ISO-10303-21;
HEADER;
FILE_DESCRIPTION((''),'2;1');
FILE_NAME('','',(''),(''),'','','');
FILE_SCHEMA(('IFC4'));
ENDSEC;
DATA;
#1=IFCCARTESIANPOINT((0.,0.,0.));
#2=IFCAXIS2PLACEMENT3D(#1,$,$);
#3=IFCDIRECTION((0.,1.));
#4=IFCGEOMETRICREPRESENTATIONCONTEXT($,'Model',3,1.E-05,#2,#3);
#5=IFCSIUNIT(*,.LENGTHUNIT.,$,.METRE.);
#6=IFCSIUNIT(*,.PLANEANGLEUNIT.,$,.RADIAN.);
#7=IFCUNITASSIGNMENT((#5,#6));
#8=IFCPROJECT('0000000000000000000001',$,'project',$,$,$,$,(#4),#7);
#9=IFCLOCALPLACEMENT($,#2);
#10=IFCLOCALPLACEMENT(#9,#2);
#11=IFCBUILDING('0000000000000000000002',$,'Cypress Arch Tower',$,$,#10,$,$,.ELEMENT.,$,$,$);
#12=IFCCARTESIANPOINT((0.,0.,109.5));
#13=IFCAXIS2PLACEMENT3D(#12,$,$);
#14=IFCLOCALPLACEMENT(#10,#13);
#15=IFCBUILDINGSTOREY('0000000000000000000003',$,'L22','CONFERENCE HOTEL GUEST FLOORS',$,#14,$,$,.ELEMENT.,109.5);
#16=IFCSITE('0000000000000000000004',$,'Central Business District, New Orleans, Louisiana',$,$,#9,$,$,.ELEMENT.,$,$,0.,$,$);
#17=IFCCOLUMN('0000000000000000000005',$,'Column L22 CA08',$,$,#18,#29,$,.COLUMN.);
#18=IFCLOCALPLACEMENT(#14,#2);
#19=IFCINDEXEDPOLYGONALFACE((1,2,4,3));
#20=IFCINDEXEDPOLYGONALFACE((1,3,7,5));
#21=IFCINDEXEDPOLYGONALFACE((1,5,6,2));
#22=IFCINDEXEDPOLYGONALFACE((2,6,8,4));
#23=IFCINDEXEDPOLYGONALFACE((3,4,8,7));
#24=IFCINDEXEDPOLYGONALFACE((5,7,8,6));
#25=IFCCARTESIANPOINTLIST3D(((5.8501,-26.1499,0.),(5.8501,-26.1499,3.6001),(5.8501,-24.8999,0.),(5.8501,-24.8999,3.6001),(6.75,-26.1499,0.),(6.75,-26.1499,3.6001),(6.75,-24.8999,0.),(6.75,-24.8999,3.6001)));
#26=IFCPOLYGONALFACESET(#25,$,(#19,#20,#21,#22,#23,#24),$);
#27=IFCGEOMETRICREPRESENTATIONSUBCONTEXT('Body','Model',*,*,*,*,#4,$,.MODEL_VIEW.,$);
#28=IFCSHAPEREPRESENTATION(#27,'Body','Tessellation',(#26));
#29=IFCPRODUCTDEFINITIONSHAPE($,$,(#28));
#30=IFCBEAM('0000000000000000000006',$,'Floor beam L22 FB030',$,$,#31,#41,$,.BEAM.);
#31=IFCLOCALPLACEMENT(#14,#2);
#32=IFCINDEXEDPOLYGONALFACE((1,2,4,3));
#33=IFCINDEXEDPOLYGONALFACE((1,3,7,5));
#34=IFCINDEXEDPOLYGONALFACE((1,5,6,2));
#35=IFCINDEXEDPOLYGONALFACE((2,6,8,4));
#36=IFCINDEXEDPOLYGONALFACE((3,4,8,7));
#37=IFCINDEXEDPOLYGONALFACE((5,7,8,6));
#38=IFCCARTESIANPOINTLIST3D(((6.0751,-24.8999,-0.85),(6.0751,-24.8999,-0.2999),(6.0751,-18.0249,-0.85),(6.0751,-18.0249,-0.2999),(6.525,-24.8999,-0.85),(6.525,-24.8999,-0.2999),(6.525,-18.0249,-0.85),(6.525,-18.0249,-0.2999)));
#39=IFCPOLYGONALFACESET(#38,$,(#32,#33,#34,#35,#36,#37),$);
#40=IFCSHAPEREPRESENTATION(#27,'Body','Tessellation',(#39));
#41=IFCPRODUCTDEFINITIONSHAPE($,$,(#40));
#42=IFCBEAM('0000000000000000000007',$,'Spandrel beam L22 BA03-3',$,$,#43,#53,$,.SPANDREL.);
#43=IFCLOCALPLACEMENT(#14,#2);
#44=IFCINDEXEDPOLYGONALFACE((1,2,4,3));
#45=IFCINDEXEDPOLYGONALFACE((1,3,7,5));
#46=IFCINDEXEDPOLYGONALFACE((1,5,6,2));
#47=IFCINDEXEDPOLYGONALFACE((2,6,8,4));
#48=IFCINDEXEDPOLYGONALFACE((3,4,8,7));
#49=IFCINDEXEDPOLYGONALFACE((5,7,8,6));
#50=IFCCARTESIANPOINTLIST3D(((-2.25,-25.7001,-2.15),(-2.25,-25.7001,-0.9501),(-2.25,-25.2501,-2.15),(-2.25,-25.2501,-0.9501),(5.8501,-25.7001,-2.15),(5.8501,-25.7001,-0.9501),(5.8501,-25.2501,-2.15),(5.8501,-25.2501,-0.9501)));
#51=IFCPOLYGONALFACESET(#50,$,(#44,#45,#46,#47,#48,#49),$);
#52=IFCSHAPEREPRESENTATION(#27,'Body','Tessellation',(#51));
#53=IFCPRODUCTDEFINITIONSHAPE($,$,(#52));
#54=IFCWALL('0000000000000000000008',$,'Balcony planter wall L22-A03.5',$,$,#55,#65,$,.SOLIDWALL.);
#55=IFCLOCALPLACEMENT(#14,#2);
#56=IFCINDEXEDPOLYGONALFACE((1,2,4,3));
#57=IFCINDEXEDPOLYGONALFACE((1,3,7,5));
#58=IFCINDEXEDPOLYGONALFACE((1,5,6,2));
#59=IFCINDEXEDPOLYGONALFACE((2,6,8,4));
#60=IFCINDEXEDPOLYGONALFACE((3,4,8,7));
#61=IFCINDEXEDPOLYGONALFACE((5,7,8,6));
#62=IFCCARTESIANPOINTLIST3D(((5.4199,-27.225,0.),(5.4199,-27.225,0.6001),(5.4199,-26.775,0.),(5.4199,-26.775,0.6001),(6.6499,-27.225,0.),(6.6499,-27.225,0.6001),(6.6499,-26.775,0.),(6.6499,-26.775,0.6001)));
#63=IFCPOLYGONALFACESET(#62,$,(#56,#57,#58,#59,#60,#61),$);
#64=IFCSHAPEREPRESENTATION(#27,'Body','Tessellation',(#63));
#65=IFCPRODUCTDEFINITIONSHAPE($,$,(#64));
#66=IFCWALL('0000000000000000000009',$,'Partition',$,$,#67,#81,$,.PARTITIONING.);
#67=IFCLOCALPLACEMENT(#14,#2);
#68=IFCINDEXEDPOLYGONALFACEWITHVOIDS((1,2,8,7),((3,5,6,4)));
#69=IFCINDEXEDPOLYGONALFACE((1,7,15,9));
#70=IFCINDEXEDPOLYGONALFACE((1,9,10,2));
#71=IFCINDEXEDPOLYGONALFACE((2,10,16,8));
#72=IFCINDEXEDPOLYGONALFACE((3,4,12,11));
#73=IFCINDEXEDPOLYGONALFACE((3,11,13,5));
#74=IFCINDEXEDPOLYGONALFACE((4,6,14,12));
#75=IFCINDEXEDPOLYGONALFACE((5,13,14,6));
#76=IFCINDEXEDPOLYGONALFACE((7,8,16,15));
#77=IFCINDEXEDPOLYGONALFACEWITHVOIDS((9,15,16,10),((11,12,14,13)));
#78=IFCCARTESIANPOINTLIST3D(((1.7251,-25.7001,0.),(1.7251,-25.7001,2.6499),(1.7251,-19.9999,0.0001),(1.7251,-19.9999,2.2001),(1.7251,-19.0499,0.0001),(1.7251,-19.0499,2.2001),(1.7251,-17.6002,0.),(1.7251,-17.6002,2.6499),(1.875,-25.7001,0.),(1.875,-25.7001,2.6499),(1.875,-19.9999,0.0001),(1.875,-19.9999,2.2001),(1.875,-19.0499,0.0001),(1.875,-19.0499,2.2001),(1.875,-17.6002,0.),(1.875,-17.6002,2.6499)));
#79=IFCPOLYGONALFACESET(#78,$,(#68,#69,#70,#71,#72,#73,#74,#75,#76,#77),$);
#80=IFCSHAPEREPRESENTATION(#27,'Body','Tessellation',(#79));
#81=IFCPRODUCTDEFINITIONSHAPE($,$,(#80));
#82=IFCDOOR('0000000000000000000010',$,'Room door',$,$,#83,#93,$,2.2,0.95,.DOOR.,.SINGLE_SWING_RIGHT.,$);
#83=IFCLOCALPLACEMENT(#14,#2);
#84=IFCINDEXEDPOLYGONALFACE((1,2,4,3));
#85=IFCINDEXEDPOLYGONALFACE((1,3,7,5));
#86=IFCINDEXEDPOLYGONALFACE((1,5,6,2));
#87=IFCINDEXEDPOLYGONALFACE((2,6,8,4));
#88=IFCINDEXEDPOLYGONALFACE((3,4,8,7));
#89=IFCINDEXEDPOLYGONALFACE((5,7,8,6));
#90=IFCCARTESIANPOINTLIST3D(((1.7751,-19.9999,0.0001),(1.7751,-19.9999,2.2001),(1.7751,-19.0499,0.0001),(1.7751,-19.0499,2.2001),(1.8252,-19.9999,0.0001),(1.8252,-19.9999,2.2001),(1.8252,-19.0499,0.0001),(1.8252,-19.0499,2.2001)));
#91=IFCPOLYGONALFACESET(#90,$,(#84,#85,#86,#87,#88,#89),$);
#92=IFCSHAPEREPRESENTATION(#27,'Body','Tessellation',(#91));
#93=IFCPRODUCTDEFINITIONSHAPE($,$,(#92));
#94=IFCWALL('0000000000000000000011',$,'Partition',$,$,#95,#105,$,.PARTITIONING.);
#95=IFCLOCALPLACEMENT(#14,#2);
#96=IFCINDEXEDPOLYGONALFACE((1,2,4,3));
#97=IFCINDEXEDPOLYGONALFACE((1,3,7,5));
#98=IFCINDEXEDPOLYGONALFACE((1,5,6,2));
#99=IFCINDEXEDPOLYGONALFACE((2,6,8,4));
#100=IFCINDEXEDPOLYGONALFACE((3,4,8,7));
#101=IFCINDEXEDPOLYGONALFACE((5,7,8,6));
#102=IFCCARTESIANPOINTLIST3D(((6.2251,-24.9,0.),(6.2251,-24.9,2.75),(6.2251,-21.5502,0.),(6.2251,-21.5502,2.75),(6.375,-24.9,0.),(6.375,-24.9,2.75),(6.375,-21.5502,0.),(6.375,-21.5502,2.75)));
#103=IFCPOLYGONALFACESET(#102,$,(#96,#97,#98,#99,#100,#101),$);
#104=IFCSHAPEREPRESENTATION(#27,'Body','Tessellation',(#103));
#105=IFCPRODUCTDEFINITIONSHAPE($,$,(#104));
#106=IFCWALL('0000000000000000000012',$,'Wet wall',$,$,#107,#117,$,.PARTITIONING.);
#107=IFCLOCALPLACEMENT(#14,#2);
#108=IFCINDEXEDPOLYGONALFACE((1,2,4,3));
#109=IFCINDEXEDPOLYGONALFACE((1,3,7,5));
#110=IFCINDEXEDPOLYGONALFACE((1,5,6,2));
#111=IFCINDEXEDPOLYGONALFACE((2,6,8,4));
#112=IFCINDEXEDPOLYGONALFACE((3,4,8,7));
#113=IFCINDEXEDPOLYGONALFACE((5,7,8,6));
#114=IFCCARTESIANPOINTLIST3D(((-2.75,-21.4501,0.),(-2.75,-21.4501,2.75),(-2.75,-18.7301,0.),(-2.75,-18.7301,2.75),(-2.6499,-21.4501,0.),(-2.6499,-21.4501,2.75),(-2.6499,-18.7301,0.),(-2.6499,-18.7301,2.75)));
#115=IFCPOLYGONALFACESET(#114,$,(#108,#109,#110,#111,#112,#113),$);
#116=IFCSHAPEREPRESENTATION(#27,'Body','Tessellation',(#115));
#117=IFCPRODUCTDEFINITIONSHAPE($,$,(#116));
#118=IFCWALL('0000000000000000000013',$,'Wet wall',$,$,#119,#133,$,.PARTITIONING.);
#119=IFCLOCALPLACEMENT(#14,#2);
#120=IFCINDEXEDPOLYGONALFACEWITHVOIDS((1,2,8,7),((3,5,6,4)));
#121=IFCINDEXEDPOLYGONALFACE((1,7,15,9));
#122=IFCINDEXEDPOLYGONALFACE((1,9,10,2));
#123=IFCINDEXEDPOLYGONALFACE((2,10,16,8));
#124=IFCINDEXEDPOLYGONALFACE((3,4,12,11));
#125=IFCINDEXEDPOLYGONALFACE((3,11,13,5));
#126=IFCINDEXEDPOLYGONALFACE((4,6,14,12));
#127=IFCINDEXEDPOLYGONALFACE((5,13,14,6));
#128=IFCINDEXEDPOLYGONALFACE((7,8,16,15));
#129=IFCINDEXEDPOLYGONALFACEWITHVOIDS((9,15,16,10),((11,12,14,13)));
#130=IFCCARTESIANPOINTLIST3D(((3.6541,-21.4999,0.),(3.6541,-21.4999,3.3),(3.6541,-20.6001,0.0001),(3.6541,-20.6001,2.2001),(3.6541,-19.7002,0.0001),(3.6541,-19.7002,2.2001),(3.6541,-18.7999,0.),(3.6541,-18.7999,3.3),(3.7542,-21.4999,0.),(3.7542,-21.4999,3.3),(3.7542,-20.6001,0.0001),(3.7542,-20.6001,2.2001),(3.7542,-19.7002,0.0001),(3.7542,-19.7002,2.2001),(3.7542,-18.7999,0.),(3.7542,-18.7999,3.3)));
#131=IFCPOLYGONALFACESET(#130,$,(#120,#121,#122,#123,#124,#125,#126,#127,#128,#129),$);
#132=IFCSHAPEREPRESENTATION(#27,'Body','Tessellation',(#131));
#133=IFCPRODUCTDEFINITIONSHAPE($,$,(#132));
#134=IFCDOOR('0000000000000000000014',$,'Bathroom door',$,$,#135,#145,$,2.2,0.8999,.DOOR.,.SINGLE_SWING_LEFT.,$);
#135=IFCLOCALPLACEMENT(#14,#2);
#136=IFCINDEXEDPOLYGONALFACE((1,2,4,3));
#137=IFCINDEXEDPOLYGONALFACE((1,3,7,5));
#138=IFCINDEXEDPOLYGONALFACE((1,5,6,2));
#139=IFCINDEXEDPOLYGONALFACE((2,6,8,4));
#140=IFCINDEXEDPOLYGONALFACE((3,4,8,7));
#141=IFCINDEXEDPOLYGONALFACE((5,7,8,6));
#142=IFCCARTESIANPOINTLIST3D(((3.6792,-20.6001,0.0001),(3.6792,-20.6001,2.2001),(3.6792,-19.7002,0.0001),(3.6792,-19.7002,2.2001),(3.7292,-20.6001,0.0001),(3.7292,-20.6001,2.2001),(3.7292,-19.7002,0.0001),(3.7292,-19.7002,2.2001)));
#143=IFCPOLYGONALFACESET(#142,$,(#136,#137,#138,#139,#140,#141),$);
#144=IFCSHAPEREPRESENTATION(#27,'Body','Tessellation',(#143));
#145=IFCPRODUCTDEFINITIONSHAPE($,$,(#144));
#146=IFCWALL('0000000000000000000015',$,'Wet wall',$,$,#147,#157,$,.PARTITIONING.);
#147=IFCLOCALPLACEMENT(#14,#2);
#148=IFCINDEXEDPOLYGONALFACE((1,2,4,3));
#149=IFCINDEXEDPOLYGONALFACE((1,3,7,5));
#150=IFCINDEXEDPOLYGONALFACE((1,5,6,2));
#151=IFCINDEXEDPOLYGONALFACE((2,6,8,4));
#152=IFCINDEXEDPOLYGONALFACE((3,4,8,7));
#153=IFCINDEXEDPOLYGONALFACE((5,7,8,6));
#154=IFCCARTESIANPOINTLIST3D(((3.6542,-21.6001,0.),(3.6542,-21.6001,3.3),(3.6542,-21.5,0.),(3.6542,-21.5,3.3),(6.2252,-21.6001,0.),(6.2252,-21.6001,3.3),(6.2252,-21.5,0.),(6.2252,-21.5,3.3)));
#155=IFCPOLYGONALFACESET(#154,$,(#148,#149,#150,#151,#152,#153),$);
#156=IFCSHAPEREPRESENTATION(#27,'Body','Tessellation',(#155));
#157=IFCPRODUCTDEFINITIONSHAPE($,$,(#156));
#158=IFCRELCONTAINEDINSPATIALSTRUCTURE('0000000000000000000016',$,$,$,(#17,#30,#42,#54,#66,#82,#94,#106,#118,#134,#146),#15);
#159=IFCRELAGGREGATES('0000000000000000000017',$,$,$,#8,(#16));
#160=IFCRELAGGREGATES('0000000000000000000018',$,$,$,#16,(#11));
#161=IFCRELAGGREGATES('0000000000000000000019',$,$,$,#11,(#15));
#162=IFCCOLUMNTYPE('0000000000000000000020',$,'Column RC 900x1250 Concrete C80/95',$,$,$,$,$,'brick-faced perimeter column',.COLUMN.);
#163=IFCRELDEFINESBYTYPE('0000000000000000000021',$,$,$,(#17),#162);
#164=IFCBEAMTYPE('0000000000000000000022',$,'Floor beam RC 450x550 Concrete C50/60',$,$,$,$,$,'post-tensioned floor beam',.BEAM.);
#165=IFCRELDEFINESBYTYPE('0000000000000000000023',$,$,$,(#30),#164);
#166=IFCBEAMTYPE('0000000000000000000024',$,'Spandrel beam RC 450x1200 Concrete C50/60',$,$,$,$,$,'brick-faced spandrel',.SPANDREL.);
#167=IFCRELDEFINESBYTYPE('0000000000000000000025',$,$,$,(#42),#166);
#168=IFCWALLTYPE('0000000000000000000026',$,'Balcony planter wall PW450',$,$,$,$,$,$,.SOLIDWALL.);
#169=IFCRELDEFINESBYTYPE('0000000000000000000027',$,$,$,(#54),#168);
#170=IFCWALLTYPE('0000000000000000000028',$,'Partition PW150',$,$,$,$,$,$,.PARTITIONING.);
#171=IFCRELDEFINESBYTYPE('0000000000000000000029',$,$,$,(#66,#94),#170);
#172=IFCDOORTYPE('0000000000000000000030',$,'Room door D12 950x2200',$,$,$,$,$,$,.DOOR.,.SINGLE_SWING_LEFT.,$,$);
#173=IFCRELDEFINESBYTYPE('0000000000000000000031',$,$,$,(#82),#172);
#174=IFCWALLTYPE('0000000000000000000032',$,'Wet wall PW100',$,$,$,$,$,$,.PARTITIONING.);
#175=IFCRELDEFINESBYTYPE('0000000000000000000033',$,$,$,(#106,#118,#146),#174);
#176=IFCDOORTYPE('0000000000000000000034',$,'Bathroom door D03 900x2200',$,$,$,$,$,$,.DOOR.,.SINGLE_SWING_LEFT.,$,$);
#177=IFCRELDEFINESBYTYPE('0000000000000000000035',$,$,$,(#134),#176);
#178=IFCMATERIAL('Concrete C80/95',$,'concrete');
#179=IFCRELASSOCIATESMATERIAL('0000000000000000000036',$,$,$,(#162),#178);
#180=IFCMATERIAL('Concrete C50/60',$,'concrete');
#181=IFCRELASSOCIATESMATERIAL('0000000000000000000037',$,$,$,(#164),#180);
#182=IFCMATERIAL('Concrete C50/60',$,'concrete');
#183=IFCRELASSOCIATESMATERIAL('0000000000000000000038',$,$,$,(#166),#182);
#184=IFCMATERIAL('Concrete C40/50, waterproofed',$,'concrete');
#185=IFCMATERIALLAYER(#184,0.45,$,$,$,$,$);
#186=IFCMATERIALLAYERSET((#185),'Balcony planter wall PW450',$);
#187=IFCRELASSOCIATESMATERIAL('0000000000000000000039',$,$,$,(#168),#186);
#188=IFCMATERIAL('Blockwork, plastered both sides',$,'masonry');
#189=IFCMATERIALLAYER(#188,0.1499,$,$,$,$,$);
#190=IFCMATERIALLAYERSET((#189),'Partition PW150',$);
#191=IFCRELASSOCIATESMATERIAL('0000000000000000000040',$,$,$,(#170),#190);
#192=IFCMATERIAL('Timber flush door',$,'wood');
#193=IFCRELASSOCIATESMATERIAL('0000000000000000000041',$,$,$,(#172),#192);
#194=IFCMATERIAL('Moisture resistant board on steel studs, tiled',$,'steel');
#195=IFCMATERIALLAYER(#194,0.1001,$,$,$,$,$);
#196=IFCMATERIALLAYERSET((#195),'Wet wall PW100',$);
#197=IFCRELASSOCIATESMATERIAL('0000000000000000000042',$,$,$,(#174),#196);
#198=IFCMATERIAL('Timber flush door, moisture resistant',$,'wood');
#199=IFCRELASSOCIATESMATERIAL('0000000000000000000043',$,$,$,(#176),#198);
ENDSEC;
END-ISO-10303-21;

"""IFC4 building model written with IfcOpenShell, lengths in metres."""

from ifc_helpers import new_model, si_unit, direction, frame, frame_2d, origin, origin_2d, place, context, subcontext, project, spatial, rectangle, extrude, material, layer, layer_set, material_profile, profile_set, type_object, element, fill, save


model = new_model("IFC4")

# Units and contexts
model_context = context("Model", 3, precision=1e-05, world=origin(), true_north=direction((0.0, 1.0)))
body_context = subcontext(model_context, "Body", "Model", "MODEL_VIEW")
ifc_project = project(units=[si_unit("LENGTHUNIT", "METRE"), si_unit("PLANEANGLEUNIT", "RADIAN")], contexts=[model_context])

# Site, building, storey
site_placement = place(None, origin())
site = spatial("IfcSite", under=ifc_project, at=site_placement, Name="Central Business District, New Orleans, Louisiana", CompositionType="ELEMENT", RefElevation=0.0)
building_placement = place(site_placement, origin())
building = spatial("IfcBuilding", under=site, at=building_placement, Name="Cypress Arch Tower", CompositionType="ELEMENT")
storey_placement = place(building_placement, frame((0.0, 0.0, 109.5)))
storey = spatial("IfcBuildingStorey", under=building, at=storey_placement, Name="L22", Description="CONFERENCE HOTEL GUEST FLOORS", CompositionType="ELEMENT", Elevation=109.5)

# Column
ifc_material_1 = material(Name="Concrete C80/95", Category="concrete")
ifc_material_profile_1 = material_profile(ifc_material_1, rectangle(XDim=0.8999, YDim=1.25, at=origin_2d()), Name="RC 900x1250")
ifc_profile_set_1 = profile_set([ifc_material_profile_1], Name="Concrete C80/95")
column_type = type_object("IfcColumnType", Name="Column RC 900x1250 Concrete C80/95", ElementType="brick-faced perimeter column", PredefinedType="COLUMN", material=ifc_profile_set_1)
column_placement = place(storey_placement, frame((6.3, -25.5249, 0.0), z_axis=(0.0, 0.0, 1.0), x_axis=(1.0, 0.0, 0.0)))
element("IfcColumn", 1, at=column_placement, inside=storey, type_object=column_type, Name="Column L22 CA08", PredefinedType="COLUMN", context=body_context, shape_type="SweptSolid", body=[
    extrude(rectangle(XDim=0.8999, YDim=1.25, at=origin_2d()), origin(), (0.0, 0.0, 1.0), 3.6001),
])

# Beams
ifc_material_2 = material(Name="Concrete C50/60", Category="concrete")
ifc_material_profile_2 = material_profile(ifc_material_2, rectangle(XDim=0.45, YDim=0.55, at=origin_2d()), Name="RC 450x550")
ifc_profile_set_2 = profile_set([ifc_material_profile_2], Name="Concrete C50/60")
beam_type_1 = type_object("IfcBeamType", Name="Floor beam RC 450x550 Concrete C50/60", ElementType="post-tensioned floor beam", PredefinedType="BEAM", material=ifc_profile_set_2)
beam_1_placement = place(storey_placement, frame((6.3, -24.8999, -0.575), z_axis=(0.0, 1.0, 0.0), x_axis=(-1.0, 0.0, 0.0)))
element("IfcBeam", 2, at=beam_1_placement, inside=storey, type_object=beam_type_1, Name="Floor beam L22 FB030", PredefinedType="BEAM", context=body_context, shape_type="SweptSolid", body=[
    extrude(rectangle(XDim=0.45, YDim=0.55, at=origin_2d()), origin(), (0.0, 0.0, 1.0), 6.875),
])
ifc_material_3 = material(Name="Concrete C50/60", Category="concrete")
ifc_material_profile_3 = material_profile(ifc_material_3, rectangle(XDim=0.45, YDim=1.2, at=origin_2d()), Name="RC 450x1200")
ifc_profile_set_3 = profile_set([ifc_material_profile_3], Name="Concrete C50/60")
beam_type_2 = type_object("IfcBeamType", Name="Spandrel beam RC 450x1200 Concrete C50/60", ElementType="brick-faced spandrel", PredefinedType="SPANDREL", material=ifc_profile_set_3)
beam_2_placement = place(storey_placement, frame((-2.25, -25.4751, -1.55), z_axis=(1.0, 0.0, 0.0), x_axis=(0.0, 1.0, 0.0)))
element("IfcBeam", 3, at=beam_2_placement, inside=storey, type_object=beam_type_2, Name="Spandrel beam L22 BA03-3", PredefinedType="SPANDREL", context=body_context, shape_type="SweptSolid", body=[
    extrude(rectangle(XDim=0.45, YDim=1.2, at=origin_2d()), origin(), (0.0, 0.0, 1.0), 8.1001),
])

# Wall
ifc_material_4 = material(Name="Concrete C40/50, waterproofed", Category="concrete")
ifc_layer_1 = layer(ifc_material_4, 0.45)
ifc_layer_set_1 = layer_set([ifc_layer_1], Name="Balcony planter wall PW450")
wall_type_1 = type_object("IfcWallType", Name="Balcony planter wall PW450", PredefinedType="SOLIDWALL", material=ifc_layer_set_1)
wall_1_placement = place(storey_placement, frame((5.4199, -27.0, 0.0), z_axis=(0.0, 0.0, 1.0), x_axis=(1.0, 0.0, 0.0)))
element("IfcWall", 4, at=wall_1_placement, inside=storey, type_object=wall_type_1, Name="Balcony planter wall L22-A03.5", PredefinedType="SOLIDWALL", context=body_context, shape_type="SweptSolid", body=[
    extrude(rectangle(XDim=1.23, YDim=0.45, at=frame_2d((0.615, 0.0))), origin(), (0.0, 0.0, 1.0), 0.6001),
])

# Wall, opening, door
ifc_material_5 = material(Name="Blockwork, plastered both sides", Category="masonry")
ifc_layer_2 = layer(ifc_material_5, 0.1499)
ifc_layer_set_2 = layer_set([ifc_layer_2], Name="Partition PW150")
wall_type_2 = type_object("IfcWallType", Name="Partition PW150", PredefinedType="PARTITIONING", material=ifc_layer_set_2)
wall_2_placement = place(storey_placement, frame((1.8, -25.7, 0.0), z_axis=(0.0, 0.0, 1.0), x_axis=(0.0, 1.0, 0.0)))
wall_2 = element("IfcWall", 5, at=wall_2_placement, inside=storey, type_object=wall_type_2, Name="Partition", PredefinedType="PARTITIONING", context=body_context, shape_type="SweptSolid", body=[
    extrude(rectangle(XDim=8.0999, YDim=0.1499, at=frame_2d((4.0498, 0.0))), origin(), (0.0, 0.0, 1.0), 2.6499),
])
opening_1_placement = place(wall_2_placement, frame((5.7, 0.0, 0.0)))
opening_1 = element("IfcOpeningElement", 6, at=opening_1_placement, cuts=wall_2, PredefinedType="OPENING", context=body_context, shape_type="SweptSolid", body=[
    extrude(rectangle(XDim=0.95, YDim=2.2, at=frame_2d((0.4751, 1.1001))), frame((0.0, 0.085, 0.0), z_axis=(0.0, -1.0, 0.0), x_axis=(1.0, 0.0, 0.0)), (0.0, 0.0, 1.0), 0.1699),
])
ifc_material_6 = material(Name="Timber flush door", Category="wood")
door_type_1 = type_object("IfcDoorType", Name="Room door D12 950x2200", OperationType="SINGLE_SWING_LEFT", PredefinedType="DOOR", material=ifc_material_6)
door_1_placement = place(opening_1_placement, origin())
door_1 = element("IfcDoor", 7, at=door_1_placement, inside=storey, type_object=door_type_1, Name="Room door", OperationType="SINGLE_SWING_RIGHT", OverallHeight=2.2, OverallWidth=0.95, PredefinedType="DOOR", context=body_context, shape_type="SweptSolid", body=[
    extrude(rectangle(XDim=0.95, YDim=2.2, at=frame_2d((0.4751, 1.1001))), frame((0.0, 0.0249, 0.0), z_axis=(0.0, -1.0, 0.0), x_axis=(1.0, 0.0, 0.0)), (0.0, 0.0, 1.0), 0.05),
])
fill(opening_1, door_1)

# Walls
wall_3_placement = place(storey_placement, frame((6.3, -24.8999, 0.0), z_axis=(0.0, 0.0, 1.0), x_axis=(0.0, 1.0, 0.0)))
element("IfcWall", 8, at=wall_3_placement, inside=storey, type_object=wall_type_2, Name="Partition", PredefinedType="PARTITIONING", context=body_context, shape_type="SweptSolid", body=[
    extrude(rectangle(XDim=3.3499, YDim=0.1499, at=frame_2d((1.6748, 0.0))), origin(), (0.0, 0.0, 1.0), 2.75),
])
ifc_material_7 = material(Name="Moisture resistant board on steel studs, tiled", Category="steel")
ifc_layer_3 = layer(ifc_material_7, 0.1001)
ifc_layer_set_3 = layer_set([ifc_layer_3], Name="Wet wall PW100")
wall_type_3 = type_object("IfcWallType", Name="Wet wall PW100", PredefinedType="PARTITIONING", material=ifc_layer_set_3)
wall_4_placement = place(storey_placement, frame((-2.7, -21.45, 0.0), z_axis=(0.0, 0.0, 1.0), x_axis=(0.0, 1.0, 0.0)))
element("IfcWall", 9, at=wall_4_placement, inside=storey, type_object=wall_type_3, Name="Wet wall", PredefinedType="PARTITIONING", context=body_context, shape_type="SweptSolid", body=[
    extrude(rectangle(XDim=2.72, YDim=0.1001, at=frame_2d((1.3599, 0.0))), origin(), (0.0, 0.0, 1.0), 2.75),
])

# Wall, opening, door
wall_5_placement = place(storey_placement, frame((3.7041, -21.5, 0.0), z_axis=(0.0, 0.0, 1.0), x_axis=(0.0, 1.0, 0.0)))
wall_5 = element("IfcWall", 10, at=wall_5_placement, inside=storey, type_object=wall_type_3, Name="Wet wall", PredefinedType="PARTITIONING", context=body_context, shape_type="SweptSolid", body=[
    extrude(rectangle(XDim=2.7, YDim=0.1001, at=frame_2d((1.3501, 0.0))), origin(), (0.0, 0.0, 1.0), 3.3),
])
opening_2_placement = place(wall_5_placement, frame((0.8999, 0.0, 0.0)))
opening_2 = element("IfcOpeningElement", 11, at=opening_2_placement, cuts=wall_5, PredefinedType="OPENING", context=body_context, shape_type="SweptSolid", body=[
    extrude(rectangle(XDim=0.8999, YDim=2.2, at=frame_2d((0.45, 1.1001))), frame((0.0, 0.0601, 0.0), z_axis=(0.0, -1.0, 0.0), x_axis=(1.0, 0.0, 0.0)), (0.0, 0.0, 1.0), 0.1201),
])
ifc_material_8 = material(Name="Timber flush door, moisture resistant", Category="wood")
door_type_2 = type_object("IfcDoorType", Name="Bathroom door D03 900x2200", OperationType="SINGLE_SWING_LEFT", PredefinedType="DOOR", material=ifc_material_8)
door_2_placement = place(opening_2_placement, origin())
door_2 = element("IfcDoor", 12, at=door_2_placement, inside=storey, type_object=door_type_2, Name="Bathroom door", OperationType="SINGLE_SWING_LEFT", OverallHeight=2.2, OverallWidth=0.8999, PredefinedType="DOOR", context=body_context, shape_type="SweptSolid", body=[
    extrude(rectangle(XDim=0.8999, YDim=2.2, at=frame_2d((0.45, 1.1001))), frame((0.0, 0.0249, 0.0), z_axis=(0.0, -1.0, 0.0), x_axis=(1.0, 0.0, 0.0)), (0.0, 0.0, 1.0), 0.05),
])
fill(opening_2, door_2)

# Wall
wall_6_placement = place(storey_placement, frame((3.6541, -21.55, 0.0), z_axis=(0.0, 0.0, 1.0), x_axis=(1.0, 0.0, 0.0)))
element("IfcWall", 13, at=wall_6_placement, inside=storey, type_object=wall_type_3, Name="Wet wall", PredefinedType="PARTITIONING", context=body_context, shape_type="SweptSolid", body=[
    extrude(rectangle(XDim=2.571, YDim=0.1001, at=frame_2d((1.2856, 0.0))), origin(), (0.0, 0.0, 1.0), 3.3),
])

save(model, "model.ifc")
